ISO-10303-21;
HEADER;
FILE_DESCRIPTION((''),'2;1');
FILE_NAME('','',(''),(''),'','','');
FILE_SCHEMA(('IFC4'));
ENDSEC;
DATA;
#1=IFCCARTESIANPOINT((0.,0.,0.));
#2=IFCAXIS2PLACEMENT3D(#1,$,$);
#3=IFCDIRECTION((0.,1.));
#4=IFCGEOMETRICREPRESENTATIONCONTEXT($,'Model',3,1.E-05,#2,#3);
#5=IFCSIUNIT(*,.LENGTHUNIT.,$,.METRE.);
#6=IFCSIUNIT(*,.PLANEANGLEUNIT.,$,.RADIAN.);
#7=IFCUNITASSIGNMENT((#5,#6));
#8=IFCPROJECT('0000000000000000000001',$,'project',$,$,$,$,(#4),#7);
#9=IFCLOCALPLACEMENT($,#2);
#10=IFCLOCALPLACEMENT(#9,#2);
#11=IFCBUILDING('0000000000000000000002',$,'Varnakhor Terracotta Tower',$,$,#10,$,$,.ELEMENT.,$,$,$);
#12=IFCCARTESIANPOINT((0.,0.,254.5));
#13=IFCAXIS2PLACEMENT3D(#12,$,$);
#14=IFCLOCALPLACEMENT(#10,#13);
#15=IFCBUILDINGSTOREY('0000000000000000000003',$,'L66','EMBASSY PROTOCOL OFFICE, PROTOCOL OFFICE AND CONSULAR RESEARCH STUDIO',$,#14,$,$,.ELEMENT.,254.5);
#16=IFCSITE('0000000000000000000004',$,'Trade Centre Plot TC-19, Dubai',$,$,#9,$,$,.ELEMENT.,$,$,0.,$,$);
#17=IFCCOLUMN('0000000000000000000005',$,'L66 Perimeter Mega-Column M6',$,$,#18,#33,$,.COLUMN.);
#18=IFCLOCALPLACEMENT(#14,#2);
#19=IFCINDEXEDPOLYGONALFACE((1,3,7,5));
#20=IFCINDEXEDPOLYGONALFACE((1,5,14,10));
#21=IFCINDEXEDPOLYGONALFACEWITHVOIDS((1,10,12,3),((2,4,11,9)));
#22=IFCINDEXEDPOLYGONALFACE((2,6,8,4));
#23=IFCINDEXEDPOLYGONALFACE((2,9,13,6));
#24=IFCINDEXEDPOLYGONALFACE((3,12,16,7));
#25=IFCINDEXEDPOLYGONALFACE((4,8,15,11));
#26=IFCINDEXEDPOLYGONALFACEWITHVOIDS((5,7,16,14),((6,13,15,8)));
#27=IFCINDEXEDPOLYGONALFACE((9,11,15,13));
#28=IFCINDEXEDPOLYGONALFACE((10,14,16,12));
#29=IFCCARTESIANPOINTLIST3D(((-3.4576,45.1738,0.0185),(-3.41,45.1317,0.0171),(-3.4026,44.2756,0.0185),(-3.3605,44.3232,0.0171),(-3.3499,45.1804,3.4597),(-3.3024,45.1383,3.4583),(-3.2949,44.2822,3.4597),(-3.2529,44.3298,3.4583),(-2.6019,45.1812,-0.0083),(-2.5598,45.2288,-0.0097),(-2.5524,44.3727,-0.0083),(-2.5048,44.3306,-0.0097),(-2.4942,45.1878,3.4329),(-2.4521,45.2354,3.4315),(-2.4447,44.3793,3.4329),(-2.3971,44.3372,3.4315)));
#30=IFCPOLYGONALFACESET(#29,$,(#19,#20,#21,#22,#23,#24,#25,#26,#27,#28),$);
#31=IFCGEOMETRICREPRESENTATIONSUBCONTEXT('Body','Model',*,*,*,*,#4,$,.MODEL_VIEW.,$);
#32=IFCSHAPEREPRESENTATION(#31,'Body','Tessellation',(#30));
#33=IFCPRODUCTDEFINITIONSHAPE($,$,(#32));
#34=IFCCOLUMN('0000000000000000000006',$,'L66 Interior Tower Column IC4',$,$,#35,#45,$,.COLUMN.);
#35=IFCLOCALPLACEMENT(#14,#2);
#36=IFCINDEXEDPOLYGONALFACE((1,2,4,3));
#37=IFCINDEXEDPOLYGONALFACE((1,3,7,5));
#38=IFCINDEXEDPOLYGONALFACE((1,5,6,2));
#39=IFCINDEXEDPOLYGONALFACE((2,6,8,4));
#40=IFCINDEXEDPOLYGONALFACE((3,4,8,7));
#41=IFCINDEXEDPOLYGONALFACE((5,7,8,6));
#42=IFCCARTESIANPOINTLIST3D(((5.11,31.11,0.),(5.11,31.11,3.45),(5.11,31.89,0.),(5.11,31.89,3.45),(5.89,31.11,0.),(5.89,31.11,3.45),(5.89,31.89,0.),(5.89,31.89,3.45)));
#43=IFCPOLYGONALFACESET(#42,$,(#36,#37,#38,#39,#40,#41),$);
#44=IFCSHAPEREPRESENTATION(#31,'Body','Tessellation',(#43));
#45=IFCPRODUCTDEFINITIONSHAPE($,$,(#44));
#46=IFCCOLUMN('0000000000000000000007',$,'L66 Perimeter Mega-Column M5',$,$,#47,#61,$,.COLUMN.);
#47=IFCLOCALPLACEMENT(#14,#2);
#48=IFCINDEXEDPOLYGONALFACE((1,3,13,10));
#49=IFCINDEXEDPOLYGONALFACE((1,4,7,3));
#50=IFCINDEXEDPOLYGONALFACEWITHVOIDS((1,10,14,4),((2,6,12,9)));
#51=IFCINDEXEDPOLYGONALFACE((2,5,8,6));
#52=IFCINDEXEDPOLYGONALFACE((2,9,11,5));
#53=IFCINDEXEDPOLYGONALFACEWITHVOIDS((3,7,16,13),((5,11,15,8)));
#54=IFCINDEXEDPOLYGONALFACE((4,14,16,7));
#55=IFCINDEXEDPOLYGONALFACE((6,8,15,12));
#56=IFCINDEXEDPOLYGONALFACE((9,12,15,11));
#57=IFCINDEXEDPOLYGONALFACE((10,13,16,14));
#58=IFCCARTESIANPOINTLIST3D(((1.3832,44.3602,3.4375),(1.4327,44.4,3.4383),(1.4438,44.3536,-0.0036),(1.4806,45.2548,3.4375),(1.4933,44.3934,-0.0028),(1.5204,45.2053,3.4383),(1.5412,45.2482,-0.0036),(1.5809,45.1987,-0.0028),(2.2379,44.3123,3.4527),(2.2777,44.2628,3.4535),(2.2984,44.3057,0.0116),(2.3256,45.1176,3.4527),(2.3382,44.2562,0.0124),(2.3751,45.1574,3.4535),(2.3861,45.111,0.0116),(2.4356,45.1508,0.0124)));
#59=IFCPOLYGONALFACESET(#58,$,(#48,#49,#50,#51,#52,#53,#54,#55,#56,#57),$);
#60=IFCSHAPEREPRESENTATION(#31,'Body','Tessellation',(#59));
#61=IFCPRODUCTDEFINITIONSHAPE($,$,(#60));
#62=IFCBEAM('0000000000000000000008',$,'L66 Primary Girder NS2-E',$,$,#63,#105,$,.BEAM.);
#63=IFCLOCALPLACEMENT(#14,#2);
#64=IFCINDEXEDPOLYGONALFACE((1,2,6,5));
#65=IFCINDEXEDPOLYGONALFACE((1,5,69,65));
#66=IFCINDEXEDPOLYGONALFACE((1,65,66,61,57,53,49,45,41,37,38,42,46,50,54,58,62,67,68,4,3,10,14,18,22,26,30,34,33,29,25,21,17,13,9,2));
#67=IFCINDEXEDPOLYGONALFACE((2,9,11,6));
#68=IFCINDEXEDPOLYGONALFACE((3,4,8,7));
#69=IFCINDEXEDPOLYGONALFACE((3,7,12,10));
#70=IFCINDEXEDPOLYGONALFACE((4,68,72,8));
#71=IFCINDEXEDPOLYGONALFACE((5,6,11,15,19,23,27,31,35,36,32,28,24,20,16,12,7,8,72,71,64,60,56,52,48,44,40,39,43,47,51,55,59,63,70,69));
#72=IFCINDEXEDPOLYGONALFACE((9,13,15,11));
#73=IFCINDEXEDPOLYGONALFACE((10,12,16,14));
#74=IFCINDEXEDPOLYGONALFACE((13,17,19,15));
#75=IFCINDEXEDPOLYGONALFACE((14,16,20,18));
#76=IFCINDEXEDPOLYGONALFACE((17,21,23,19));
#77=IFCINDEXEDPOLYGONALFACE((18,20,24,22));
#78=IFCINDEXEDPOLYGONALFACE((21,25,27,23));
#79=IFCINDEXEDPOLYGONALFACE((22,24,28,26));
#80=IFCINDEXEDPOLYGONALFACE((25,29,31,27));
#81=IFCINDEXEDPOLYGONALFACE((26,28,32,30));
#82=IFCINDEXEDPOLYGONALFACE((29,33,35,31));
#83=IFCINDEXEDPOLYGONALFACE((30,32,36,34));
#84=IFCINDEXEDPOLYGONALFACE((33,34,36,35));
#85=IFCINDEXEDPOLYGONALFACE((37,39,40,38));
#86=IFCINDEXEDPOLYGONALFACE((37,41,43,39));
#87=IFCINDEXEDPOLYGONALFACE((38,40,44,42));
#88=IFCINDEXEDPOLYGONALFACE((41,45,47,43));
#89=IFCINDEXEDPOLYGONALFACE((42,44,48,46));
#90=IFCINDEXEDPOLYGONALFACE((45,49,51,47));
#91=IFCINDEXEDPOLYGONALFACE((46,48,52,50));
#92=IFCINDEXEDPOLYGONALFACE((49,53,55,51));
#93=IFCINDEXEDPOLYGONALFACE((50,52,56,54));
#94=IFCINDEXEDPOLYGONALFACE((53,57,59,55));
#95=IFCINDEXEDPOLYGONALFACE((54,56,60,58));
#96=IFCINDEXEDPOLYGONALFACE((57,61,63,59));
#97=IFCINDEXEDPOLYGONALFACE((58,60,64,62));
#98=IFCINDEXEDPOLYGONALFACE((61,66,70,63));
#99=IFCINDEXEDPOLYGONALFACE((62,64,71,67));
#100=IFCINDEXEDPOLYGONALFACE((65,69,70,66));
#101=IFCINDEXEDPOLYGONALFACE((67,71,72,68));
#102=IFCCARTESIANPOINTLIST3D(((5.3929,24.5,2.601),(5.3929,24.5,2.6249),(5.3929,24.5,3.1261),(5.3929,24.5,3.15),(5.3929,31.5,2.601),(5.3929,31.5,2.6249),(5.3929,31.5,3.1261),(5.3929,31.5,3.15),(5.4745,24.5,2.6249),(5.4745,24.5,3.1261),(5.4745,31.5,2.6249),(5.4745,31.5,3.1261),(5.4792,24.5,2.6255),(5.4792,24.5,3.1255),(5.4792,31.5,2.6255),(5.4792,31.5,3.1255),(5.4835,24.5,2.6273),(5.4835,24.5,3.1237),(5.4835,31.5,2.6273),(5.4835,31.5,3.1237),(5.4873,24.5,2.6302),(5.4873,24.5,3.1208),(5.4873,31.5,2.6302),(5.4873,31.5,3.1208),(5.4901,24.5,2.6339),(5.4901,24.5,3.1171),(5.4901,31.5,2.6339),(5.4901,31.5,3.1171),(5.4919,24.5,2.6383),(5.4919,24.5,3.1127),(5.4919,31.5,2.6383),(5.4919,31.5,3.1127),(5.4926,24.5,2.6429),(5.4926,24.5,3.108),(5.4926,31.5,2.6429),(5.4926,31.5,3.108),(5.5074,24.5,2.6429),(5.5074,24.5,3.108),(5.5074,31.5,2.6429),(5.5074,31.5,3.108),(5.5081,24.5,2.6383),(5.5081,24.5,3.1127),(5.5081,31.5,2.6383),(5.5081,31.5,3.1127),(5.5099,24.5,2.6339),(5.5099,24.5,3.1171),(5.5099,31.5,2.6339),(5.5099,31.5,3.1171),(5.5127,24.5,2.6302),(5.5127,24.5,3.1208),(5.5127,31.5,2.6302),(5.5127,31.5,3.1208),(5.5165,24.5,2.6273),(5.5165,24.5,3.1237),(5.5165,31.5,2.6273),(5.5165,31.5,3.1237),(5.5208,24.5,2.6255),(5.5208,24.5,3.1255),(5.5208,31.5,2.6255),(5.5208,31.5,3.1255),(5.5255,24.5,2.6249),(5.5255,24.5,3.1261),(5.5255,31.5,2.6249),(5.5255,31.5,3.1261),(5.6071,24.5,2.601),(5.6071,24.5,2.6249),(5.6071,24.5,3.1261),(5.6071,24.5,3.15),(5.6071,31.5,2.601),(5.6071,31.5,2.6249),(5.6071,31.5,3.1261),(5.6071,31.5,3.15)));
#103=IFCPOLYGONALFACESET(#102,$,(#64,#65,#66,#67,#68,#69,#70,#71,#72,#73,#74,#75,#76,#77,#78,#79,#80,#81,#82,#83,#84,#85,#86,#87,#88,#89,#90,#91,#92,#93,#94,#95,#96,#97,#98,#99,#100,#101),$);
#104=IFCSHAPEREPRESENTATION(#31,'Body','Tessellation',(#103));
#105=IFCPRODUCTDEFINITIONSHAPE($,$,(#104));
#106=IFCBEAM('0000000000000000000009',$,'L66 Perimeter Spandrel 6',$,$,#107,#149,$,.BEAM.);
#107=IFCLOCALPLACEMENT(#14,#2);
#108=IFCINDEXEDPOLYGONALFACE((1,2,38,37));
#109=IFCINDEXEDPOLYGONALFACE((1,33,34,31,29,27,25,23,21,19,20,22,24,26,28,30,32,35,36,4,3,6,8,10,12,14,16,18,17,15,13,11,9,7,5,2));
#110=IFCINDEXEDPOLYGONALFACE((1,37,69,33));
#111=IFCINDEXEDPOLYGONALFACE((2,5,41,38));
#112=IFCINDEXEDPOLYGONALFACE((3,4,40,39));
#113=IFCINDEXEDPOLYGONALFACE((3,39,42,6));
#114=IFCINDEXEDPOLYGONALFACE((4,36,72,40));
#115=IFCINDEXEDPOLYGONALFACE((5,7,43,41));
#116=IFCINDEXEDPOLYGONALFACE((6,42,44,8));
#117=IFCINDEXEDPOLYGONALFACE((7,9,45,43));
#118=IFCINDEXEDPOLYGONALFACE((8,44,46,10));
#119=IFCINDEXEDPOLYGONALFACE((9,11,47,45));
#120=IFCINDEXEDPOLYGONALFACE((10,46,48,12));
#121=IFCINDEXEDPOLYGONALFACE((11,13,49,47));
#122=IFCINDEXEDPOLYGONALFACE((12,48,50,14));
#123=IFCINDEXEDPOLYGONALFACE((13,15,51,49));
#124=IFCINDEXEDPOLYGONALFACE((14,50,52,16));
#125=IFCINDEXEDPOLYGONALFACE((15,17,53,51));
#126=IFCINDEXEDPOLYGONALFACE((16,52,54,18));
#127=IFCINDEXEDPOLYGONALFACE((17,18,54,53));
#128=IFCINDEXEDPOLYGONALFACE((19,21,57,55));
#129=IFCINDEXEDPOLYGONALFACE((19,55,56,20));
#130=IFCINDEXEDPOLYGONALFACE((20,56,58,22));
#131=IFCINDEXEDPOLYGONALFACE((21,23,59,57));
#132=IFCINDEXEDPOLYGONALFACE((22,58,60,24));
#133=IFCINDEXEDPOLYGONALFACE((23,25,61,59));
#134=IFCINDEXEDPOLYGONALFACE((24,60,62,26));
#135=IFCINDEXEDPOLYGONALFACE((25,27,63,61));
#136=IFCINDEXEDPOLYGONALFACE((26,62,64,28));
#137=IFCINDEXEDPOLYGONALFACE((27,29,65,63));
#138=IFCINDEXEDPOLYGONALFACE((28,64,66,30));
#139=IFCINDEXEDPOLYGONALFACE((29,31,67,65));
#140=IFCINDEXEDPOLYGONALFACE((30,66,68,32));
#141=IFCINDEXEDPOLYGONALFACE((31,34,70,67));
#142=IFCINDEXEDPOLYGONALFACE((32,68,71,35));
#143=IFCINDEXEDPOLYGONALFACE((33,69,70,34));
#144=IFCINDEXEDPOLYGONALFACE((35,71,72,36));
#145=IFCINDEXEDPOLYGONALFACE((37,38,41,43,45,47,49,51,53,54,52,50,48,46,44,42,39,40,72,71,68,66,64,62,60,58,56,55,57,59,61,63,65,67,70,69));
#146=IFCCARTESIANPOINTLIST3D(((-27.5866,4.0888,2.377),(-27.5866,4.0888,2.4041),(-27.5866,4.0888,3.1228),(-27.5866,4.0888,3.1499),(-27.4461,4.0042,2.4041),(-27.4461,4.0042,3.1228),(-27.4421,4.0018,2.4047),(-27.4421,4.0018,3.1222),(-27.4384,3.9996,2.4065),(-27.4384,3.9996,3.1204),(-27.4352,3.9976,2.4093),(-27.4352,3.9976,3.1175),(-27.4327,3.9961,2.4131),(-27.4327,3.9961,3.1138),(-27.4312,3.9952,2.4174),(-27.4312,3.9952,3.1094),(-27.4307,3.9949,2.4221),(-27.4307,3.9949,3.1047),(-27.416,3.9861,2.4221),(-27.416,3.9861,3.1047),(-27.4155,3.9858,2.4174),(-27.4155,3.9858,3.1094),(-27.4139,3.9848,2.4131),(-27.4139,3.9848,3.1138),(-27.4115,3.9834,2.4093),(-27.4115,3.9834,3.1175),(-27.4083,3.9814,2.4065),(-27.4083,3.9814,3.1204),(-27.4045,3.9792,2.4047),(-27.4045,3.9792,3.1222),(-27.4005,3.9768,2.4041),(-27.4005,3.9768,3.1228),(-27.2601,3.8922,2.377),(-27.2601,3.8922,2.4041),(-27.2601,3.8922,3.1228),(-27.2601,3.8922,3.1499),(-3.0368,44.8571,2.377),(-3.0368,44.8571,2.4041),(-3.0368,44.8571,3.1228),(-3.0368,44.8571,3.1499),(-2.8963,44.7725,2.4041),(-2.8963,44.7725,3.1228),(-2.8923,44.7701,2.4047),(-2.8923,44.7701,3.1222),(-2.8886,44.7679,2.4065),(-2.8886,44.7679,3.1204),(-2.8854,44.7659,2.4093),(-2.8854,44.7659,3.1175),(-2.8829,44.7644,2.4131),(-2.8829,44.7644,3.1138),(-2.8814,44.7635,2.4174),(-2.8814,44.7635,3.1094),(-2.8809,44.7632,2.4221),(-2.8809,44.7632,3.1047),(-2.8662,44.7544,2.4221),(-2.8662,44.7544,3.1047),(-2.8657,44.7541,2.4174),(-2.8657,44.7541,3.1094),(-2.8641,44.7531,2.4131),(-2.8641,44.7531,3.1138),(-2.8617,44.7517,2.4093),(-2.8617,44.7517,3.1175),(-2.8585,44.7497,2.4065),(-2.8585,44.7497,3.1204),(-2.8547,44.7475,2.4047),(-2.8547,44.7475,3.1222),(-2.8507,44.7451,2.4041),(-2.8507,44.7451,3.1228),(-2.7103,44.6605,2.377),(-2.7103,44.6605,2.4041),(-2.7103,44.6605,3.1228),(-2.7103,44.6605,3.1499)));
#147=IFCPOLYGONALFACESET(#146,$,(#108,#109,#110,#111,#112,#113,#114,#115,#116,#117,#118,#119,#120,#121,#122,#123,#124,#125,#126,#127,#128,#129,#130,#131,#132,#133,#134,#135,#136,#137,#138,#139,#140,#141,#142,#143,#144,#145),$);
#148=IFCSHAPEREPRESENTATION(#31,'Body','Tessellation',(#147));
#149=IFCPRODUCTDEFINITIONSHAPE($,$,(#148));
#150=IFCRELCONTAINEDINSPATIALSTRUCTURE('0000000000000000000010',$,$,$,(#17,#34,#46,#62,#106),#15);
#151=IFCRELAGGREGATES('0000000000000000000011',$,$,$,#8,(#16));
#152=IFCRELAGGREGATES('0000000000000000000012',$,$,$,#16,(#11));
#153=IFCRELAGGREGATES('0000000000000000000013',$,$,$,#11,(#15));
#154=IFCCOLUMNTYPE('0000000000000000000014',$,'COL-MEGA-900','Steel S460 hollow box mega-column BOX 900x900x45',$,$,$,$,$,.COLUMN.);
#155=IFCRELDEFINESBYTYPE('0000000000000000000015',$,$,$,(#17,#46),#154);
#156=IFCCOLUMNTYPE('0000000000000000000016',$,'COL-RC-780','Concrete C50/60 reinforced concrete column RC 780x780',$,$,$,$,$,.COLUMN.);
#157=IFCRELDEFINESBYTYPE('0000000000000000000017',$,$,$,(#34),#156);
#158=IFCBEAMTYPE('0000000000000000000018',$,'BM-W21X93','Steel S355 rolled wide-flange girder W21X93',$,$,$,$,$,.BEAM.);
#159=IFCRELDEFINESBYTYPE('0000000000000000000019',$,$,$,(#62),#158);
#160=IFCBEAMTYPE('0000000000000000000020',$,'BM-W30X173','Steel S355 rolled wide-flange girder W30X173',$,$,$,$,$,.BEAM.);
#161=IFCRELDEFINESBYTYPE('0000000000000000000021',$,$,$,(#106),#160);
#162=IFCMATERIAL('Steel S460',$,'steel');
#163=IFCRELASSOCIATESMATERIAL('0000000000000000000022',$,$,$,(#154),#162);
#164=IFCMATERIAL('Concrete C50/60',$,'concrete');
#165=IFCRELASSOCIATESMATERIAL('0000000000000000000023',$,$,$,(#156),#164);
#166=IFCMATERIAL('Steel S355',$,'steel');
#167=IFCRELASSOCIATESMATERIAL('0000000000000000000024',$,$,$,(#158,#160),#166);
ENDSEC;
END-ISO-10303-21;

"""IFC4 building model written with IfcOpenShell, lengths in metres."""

from ifc_helpers import new_model, si_unit, direction, frame, origin, origin_2d, place, context, subcontext, project, spatial, rectangle, hollow_rectangle, i_section, extrude, source, transform, mapped, material, material_profile, profile_set, type_object, element, save


model = new_model("IFC4")

# Units and contexts
model_context = context("Model", 3, precision=1e-05, world=origin(), true_north=direction((0.0, 1.0)))
body_context = subcontext(model_context, "Body", "Model", "MODEL_VIEW")
ifc_project = project(units=[si_unit("LENGTHUNIT", "METRE"), si_unit("PLANEANGLEUNIT", "RADIAN")], contexts=[model_context])

# Site, building, storey
site_placement = place(None, origin())
site = spatial("IfcSite", under=ifc_project, at=site_placement, Name="Trade Centre Plot TC-19, Dubai", CompositionType="ELEMENT", RefElevation=0.0)
building_placement = place(site_placement, origin())
building = spatial("IfcBuilding", under=site, at=building_placement, Name="Varnakhor Terracotta Tower", CompositionType="ELEMENT")
storey_placement = place(building_placement, frame((0.0, 0.0, 254.5)))
storey = spatial("IfcBuildingStorey", under=building, at=storey_placement, Name="L66", Description="EMBASSY PROTOCOL OFFICE, PROTOCOL OFFICE AND CONSULAR RESEARCH STUDIO", CompositionType="ELEMENT", Elevation=254.5)

# Columns
ifc_material_1 = material(Name="Steel S460", Category="steel")
ifc_material_profile_1 = material_profile(ifc_material_1, hollow_rectangle(XDim=0.8999, YDim=0.8999, WallThickness=0.0449, at=origin_2d()), Name="BOX 900x900x45")
ifc_profile_set_1 = profile_set([ifc_material_profile_1], Name="Steel S460")
column_type_1 = type_object("IfcColumnType", Name="COL-MEGA-900", Description="Steel S460 hollow box mega-column BOX 900x900x45", PredefinedType="COLUMN", material=ifc_profile_set_1)
shared_shape_1 = source(origin(), body_context, "Body", "SweptSolid", [
    extrude(hollow_rectangle(XDim=0.8999, YDim=0.8999, WallThickness=0.0449, at=origin_2d()), origin(), (0.0, 0.0, 1.0), 3.4429),
])
column_1_placement = place(storey_placement, frame((-2.9812, 44.7522, 0.0044), z_axis=(0.031272, 0.001915, 0.999509), x_axis=(-0.06111, 0.998131, 0.0)))
element("IfcColumn", 1, at=column_1_placement, inside=storey, type_object=column_type_1, Name="L66 Perimeter Mega-Column M6", PredefinedType="COLUMN", context=body_context, shape_type="MappedRepresentation", body=[
    mapped(shared_shape_1, transform((0.0, 0.0, 0.0), scale=1.0)),
])
ifc_material_2 = material(Name="Concrete C50/60", Category="concrete")
ifc_material_profile_2 = material_profile(ifc_material_2, rectangle(XDim=0.78, YDim=0.78, at=origin_2d()), Name="RC 780x780")
ifc_profile_set_2 = profile_set([ifc_material_profile_2], Name="Concrete C50/60")
column_type_2 = type_object("IfcColumnType", Name="COL-RC-780", Description="Concrete C50/60 reinforced concrete column RC 780x780", PredefinedType="COLUMN", material=ifc_profile_set_2)
shared_shape_2 = source(origin(), body_context, "Body", "SweptSolid", [
    extrude(rectangle(XDim=0.78, YDim=0.78, at=origin_2d()), origin(), (0.0, 0.0, 1.0), 3.45),
])
column_2_placement = place(storey_placement, frame((5.5, 31.5, 0.0), z_axis=(0.0, 0.0, 1.0), x_axis=(1.0, 0.0, 0.0)))
element("IfcColumn", 2, at=column_2_placement, inside=storey, type_object=column_type_2, Name="L66 Interior Tower Column IC4", PredefinedType="COLUMN", context=body_context, shape_type="MappedRepresentation", body=[
    mapped(shared_shape_2, transform((0.0, 0.0, 0.0), scale=1.0)),
])
shared_shape_3 = source(origin(), body_context, "Body", "SweptSolid", [
    extrude(hollow_rectangle(XDim=0.8999, YDim=0.8999, WallThickness=0.0449, at=origin_2d()), origin(), (0.0, 0.0, 1.0), 3.4417),
])
column_3_placement = place(storey_placement, frame((1.9397, 44.7522, 0.0044), z_axis=(-0.017592, 0.001915, 0.999843), x_axis=(-0.108231, -0.994126, 0.0)))
element("IfcColumn", 3, at=column_3_placement, inside=storey, type_object=column_type_1, Name="L66 Perimeter Mega-Column M5", PredefinedType="COLUMN", context=body_context, shape_type="MappedRepresentation", body=[
    mapped(shared_shape_3, transform((0.0, 0.0, 0.0), scale=1.0)),
])

# Beams
ifc_material_3 = material(Name="Steel S355", Category="steel")
ifc_material_profile_3 = material_profile(ifc_material_3, i_section(OverallWidth=0.2141, OverallDepth=0.5491, WebThickness=0.0149, FlangeThickness=0.0239, FilletRadius=0.0181, at=origin_2d()), Name="W21X93")
ifc_profile_set_3 = profile_set([ifc_material_profile_3], Name="Steel S355")
beam_type_1 = type_object("IfcBeamType", Name="BM-W21X93", Description="Steel S355 rolled wide-flange girder W21X93", PredefinedType="BEAM", material=ifc_profile_set_3)
shared_shape_4 = source(origin(), body_context, "Body", "SweptSolid", [
    extrude(i_section(OverallWidth=0.2141, OverallDepth=0.5491, WebThickness=0.0149, FlangeThickness=0.0239, FilletRadius=0.0181, at=origin_2d()), origin(), (0.0, 0.0, 1.0), 7.0),
])
beam_1_placement = place(storey_placement, frame((5.5, 24.5, 2.8755), z_axis=(0.0, 1.0, 0.0), x_axis=(-1.0, 0.0, 0.0)))
element("IfcBeam", 4, at=beam_1_placement, inside=storey, type_object=beam_type_1, Name="L66 Primary Girder NS2-E", PredefinedType="BEAM", context=body_context, shape_type="MappedRepresentation", body=[
    mapped(shared_shape_4, transform((0.0, 0.0, 0.0), scale=1.0)),
])
ifc_material_profile_4 = material_profile(ifc_material_3, i_section(OverallWidth=0.3811, OverallDepth=0.7729, WebThickness=0.0171, FlangeThickness=0.0271, FilletRadius=0.0181, at=origin_2d()), Name="W30X173")
ifc_profile_set_4 = profile_set([ifc_material_profile_4], Name="Steel S355")
beam_type_2 = type_object("IfcBeamType", Name="BM-W30X173", Description="Steel S355 rolled wide-flange girder W30X173", PredefinedType="BEAM", material=ifc_profile_set_4)
shared_shape_5 = source(origin(), body_context, "Body", "SweptSolid", [
    extrude(i_section(OverallWidth=0.3811, OverallDepth=0.7729, WebThickness=0.0171, FlangeThickness=0.0271, FilletRadius=0.0181, at=origin_2d()), origin(), (0.0, 0.0, 1.0), 47.5894),
])
beam_2_placement = place(storey_placement, frame((-2.8735, 44.7588, 2.7634), z_axis=(-0.515867, -0.856668, 0.0), x_axis=(0.856668, -0.515867, 0.0)))
element("IfcBeam", 5, at=beam_2_placement, inside=storey, type_object=beam_type_2, Name="L66 Perimeter Spandrel 6", PredefinedType="BEAM", context=body_context, shape_type="MappedRepresentation", body=[
    mapped(shared_shape_5, transform((0.0, 0.0, 0.0), scale=1.0)),
])

save(model, "model.ifc")
